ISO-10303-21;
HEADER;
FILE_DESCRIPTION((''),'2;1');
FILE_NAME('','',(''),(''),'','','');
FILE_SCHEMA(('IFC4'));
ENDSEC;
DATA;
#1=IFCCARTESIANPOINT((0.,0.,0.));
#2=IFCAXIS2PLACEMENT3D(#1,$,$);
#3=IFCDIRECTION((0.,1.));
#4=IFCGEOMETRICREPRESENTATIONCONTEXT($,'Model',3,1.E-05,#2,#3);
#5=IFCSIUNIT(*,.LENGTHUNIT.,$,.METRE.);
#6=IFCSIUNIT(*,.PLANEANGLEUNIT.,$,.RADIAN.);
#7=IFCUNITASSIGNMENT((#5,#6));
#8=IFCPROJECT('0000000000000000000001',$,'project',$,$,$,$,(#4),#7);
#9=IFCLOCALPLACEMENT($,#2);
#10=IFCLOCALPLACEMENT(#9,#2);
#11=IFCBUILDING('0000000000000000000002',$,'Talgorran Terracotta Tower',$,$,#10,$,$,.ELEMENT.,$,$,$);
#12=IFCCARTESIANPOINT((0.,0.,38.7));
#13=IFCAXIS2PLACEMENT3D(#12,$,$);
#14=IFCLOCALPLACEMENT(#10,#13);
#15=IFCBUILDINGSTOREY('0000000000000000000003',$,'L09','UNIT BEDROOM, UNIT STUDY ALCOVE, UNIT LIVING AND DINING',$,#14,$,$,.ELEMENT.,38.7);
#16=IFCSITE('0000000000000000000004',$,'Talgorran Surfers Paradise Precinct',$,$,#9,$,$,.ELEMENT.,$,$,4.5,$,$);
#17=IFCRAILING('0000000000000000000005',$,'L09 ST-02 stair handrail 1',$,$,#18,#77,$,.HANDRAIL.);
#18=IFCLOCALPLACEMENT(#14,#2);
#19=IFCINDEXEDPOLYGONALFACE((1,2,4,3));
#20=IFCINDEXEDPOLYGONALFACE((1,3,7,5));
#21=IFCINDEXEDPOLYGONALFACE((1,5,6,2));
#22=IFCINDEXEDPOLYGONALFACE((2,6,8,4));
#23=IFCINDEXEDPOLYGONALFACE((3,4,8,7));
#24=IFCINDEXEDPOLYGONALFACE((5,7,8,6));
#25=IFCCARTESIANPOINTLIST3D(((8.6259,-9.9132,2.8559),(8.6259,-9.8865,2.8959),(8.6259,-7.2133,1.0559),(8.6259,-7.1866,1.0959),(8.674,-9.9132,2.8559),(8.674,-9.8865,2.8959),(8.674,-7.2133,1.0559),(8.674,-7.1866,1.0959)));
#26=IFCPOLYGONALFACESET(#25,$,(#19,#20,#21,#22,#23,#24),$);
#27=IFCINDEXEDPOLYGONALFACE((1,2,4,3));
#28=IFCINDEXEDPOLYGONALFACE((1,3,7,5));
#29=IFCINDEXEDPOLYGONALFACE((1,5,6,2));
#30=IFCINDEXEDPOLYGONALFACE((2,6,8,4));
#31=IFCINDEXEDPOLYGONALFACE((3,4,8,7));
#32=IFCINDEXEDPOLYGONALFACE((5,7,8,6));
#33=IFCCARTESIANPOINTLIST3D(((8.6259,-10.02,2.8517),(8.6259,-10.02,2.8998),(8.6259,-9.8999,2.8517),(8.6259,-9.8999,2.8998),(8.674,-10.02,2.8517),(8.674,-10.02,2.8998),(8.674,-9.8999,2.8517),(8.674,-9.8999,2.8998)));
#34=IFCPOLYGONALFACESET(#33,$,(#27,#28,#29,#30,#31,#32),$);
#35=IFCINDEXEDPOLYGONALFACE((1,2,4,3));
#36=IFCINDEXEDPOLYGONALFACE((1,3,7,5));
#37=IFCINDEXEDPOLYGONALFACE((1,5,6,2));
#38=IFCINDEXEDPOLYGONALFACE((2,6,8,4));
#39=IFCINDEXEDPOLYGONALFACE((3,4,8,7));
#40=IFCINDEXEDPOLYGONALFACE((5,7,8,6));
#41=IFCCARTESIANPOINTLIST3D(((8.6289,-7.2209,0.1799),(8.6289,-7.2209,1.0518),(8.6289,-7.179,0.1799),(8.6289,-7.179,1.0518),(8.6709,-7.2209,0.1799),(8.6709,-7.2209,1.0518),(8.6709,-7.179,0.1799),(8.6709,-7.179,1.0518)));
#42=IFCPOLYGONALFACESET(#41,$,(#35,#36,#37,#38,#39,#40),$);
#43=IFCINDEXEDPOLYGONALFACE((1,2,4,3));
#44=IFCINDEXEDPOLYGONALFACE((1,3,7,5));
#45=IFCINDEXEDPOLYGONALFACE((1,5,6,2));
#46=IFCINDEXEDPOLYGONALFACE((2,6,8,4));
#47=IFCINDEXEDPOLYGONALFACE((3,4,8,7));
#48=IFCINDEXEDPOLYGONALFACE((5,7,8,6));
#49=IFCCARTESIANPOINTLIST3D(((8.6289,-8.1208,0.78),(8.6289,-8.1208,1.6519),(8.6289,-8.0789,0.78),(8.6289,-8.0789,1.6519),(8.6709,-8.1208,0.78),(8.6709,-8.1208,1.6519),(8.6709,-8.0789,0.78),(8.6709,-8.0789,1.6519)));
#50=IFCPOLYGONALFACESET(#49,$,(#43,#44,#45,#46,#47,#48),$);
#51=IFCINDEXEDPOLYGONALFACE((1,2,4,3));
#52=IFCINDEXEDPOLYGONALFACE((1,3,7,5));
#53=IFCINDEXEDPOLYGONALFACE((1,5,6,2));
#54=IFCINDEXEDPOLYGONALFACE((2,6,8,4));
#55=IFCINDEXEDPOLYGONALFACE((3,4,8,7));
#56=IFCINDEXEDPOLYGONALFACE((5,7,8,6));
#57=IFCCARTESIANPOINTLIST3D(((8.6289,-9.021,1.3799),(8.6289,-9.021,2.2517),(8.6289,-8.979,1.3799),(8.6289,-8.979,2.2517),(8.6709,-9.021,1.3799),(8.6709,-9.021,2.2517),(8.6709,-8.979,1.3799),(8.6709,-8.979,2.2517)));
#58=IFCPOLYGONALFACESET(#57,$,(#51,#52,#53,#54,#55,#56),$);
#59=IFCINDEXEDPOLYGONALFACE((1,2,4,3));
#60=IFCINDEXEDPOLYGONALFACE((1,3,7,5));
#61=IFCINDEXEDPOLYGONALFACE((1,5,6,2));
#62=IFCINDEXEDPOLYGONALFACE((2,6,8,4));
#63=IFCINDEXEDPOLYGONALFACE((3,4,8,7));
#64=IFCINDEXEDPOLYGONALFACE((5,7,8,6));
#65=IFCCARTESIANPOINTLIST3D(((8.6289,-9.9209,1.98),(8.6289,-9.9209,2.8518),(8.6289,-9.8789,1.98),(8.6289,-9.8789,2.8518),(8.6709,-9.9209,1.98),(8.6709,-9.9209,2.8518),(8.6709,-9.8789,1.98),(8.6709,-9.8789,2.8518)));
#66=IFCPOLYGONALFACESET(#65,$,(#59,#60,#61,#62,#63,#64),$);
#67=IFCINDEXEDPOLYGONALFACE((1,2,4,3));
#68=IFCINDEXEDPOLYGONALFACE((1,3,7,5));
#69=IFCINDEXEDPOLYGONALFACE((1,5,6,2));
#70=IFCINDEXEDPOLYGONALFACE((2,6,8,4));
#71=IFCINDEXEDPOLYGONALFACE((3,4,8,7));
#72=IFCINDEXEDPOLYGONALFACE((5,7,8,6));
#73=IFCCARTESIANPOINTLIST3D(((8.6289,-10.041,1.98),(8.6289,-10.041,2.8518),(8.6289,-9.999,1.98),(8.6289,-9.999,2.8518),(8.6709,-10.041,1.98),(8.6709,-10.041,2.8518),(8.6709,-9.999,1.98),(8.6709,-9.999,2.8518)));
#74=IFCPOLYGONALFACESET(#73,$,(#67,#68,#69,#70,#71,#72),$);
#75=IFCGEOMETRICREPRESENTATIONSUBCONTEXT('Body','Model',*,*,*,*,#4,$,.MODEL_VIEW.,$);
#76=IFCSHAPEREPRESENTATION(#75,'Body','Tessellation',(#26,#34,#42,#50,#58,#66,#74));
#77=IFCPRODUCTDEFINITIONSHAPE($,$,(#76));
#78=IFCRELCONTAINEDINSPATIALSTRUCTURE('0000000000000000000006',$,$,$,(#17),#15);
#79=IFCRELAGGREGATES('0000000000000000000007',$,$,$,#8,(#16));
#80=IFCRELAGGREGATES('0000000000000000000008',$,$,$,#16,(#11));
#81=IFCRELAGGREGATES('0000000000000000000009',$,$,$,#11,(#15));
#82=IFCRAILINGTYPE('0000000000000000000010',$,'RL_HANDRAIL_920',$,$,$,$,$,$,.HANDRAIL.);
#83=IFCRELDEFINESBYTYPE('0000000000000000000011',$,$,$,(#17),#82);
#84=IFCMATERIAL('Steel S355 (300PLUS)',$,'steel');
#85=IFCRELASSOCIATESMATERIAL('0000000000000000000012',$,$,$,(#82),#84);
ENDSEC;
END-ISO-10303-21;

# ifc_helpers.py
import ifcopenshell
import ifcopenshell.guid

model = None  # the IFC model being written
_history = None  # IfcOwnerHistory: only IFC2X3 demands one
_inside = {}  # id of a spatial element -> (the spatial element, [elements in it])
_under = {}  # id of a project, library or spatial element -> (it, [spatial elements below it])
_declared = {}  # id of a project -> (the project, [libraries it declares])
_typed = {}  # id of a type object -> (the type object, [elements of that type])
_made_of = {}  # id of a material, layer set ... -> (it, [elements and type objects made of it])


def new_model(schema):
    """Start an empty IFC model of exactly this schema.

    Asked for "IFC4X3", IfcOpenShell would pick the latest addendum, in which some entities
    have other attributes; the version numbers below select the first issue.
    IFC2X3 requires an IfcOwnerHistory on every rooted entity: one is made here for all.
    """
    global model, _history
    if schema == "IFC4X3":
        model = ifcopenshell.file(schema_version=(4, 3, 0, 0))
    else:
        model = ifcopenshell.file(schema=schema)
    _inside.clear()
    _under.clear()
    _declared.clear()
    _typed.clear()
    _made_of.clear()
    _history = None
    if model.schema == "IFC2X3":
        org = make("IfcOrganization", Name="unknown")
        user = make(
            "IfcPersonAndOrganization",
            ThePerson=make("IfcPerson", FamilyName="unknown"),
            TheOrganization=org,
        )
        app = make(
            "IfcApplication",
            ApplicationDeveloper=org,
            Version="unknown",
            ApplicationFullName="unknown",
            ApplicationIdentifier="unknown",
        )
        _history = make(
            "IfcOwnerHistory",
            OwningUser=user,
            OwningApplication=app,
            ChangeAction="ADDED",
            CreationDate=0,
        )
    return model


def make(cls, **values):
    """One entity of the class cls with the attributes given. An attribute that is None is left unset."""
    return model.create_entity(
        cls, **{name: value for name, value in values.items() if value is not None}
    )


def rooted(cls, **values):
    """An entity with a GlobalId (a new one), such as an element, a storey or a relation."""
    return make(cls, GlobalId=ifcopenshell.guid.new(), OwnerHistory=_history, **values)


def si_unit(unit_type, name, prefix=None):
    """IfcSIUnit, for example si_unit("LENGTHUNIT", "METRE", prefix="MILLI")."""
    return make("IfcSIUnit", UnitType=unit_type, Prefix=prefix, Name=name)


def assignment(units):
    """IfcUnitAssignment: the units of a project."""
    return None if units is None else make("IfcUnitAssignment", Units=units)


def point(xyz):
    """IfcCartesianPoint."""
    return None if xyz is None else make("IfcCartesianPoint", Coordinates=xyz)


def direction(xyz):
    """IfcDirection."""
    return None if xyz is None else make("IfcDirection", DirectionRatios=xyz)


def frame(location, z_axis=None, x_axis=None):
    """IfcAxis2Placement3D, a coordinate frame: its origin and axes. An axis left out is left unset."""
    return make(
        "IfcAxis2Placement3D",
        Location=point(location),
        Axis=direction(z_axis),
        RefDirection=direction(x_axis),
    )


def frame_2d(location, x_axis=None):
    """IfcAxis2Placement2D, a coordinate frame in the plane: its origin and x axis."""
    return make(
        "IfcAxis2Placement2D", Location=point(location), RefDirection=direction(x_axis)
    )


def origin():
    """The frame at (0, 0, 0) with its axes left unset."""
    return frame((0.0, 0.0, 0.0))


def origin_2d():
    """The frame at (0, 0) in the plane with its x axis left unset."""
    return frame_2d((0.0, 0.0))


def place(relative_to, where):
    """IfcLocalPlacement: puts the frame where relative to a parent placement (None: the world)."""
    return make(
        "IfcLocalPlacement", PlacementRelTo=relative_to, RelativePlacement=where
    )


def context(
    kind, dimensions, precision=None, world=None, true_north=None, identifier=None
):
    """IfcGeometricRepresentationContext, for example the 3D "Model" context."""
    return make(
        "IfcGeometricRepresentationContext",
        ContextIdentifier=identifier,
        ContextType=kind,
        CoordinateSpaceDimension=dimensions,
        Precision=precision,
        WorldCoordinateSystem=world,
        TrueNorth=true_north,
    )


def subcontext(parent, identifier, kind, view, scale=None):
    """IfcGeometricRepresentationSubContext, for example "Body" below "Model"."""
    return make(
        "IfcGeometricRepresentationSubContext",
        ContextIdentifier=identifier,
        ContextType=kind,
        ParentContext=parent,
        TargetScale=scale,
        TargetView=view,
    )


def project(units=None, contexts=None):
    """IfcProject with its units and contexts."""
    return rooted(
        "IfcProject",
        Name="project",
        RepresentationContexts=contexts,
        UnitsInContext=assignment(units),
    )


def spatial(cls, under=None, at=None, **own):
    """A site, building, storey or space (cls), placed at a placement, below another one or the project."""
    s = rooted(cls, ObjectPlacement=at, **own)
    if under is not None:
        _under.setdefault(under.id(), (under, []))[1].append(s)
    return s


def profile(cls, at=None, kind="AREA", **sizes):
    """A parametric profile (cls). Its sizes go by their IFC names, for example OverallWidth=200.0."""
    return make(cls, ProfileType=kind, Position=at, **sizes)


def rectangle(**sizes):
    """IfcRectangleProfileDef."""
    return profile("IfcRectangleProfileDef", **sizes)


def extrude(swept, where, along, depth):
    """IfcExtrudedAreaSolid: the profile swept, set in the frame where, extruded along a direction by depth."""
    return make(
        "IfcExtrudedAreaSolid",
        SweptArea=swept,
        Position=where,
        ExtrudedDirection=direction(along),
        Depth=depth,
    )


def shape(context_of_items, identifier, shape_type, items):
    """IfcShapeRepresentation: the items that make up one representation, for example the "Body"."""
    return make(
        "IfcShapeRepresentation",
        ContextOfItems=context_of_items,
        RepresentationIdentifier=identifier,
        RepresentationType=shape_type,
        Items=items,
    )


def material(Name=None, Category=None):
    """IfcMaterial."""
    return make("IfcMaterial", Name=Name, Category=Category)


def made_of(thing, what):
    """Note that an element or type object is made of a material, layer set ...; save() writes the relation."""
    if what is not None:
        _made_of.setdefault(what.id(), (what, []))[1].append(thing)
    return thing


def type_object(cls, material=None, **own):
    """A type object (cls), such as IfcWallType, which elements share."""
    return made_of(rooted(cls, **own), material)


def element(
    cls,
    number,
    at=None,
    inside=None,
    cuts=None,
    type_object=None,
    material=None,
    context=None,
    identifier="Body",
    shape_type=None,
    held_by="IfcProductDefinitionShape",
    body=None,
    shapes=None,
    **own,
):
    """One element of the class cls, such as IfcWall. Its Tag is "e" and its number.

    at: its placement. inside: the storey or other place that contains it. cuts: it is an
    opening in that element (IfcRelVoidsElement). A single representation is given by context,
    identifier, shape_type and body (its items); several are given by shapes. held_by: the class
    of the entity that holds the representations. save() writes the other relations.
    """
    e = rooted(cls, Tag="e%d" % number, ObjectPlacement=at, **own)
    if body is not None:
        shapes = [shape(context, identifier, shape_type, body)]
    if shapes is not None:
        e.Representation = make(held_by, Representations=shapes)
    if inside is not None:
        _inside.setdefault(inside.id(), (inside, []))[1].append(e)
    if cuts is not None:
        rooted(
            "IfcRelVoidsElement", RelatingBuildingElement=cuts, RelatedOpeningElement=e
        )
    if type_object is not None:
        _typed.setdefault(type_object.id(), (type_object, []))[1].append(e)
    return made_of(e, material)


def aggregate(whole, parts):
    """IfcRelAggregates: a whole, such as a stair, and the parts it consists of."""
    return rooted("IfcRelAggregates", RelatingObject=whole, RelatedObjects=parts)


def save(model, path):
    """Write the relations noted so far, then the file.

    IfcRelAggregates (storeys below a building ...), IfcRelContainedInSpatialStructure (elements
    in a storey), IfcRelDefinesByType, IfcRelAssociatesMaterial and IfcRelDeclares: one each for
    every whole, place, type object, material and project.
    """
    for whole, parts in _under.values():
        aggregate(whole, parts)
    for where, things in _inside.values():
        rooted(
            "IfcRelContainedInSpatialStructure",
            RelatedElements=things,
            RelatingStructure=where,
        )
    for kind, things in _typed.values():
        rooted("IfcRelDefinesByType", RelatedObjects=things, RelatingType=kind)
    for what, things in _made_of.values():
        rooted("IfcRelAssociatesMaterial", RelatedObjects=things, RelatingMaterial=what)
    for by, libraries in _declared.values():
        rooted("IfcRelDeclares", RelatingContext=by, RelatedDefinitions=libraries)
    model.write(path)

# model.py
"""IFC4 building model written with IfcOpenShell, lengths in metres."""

from ifc_helpers import new_model, si_unit, direction, frame, origin, origin_2d, place, context, subcontext, project, spatial, rectangle, extrude, material, type_object, element, save


model = new_model("IFC4")

# Units and contexts
model_context = context("Model", 3, precision=1e-05, world=origin(), true_north=direction((0.0, 1.0)))
body_context = subcontext(model_context, "Body", "Model", "MODEL_VIEW")
ifc_project = project(units=[si_unit("LENGTHUNIT", "METRE"), si_unit("PLANEANGLEUNIT", "RADIAN")], contexts=[model_context])

# Site, building, storey
site_placement = place(None, origin())
site = spatial("IfcSite", under=ifc_project, at=site_placement, Name="Talgorran Surfers Paradise Precinct", CompositionType="ELEMENT", RefElevation=4.5)
building_placement = place(site_placement, origin())
building = spatial("IfcBuilding", under=site, at=building_placement, Name="Talgorran Terracotta Tower", CompositionType="ELEMENT")
storey_placement = place(building_placement, frame((0.0, 0.0, 38.7)))
storey = spatial("IfcBuildingStorey", under=building, at=storey_placement, Name="L09", Description="UNIT BEDROOM, UNIT STUDY ALCOVE, UNIT LIVING AND DINING", CompositionType="ELEMENT", Elevation=38.7)

# Shared definitions
ifc_material_1 = material(Name="Steel S355 (300PLUS)", Category="steel")

# Railing
railing_type = type_object("IfcRailingType", Name="RL_HANDRAIL_920", PredefinedType="HANDRAIL", material=ifc_material_1)
railing_placement = place(storey_placement, frame((8.6499, -7.2, 0.1799)))
element("IfcRailing", 1, at=railing_placement, inside=storey, type_object=railing_type, Name="L09 ST-02 stair handrail 1", PredefinedType="HANDRAIL", context=body_context, shape_type="SweptSolid", body=[
    extrude(rectangle(XDim=0.0481, YDim=0.0481, at=origin_2d()), frame((0.0, 0.0, 0.896), z_axis=(0.0, -0.832039, 0.554718), x_axis=(1.0, 0.0, 0.0)), (0.0, 0.0, 1.0), 3.2449),
    extrude(rectangle(XDim=0.0481, YDim=0.0481, at=origin_2d()), frame((0.0, -2.7, 2.6958), z_axis=(0.0, -1.0, 0.0), x_axis=(1.0, 0.0, 0.0)), (0.0, 0.0, 1.0), 0.1201),
    extrude(rectangle(XDim=0.042, YDim=0.042, at=origin_2d()), origin(), (0.0, 0.0, 1.0), 0.8718),
    extrude(rectangle(XDim=0.042, YDim=0.042, at=origin_2d()), frame((0.0, -0.8999, 0.6001)), (0.0, 0.0, 1.0), 0.8718),
    extrude(rectangle(XDim=0.042, YDim=0.042, at=origin_2d()), frame((0.0, -1.8, 1.2)), (0.0, 0.0, 1.0), 0.8718),
    extrude(rectangle(XDim=0.042, YDim=0.042, at=origin_2d()), frame((0.0, -2.7, 1.8)), (0.0, 0.0, 1.0), 0.8718),
    extrude(rectangle(XDim=0.042, YDim=0.042, at=origin_2d()), frame((0.0, -2.8201, 1.8)), (0.0, 0.0, 1.0), 0.8718),
])

save(model, "model.ifc")
